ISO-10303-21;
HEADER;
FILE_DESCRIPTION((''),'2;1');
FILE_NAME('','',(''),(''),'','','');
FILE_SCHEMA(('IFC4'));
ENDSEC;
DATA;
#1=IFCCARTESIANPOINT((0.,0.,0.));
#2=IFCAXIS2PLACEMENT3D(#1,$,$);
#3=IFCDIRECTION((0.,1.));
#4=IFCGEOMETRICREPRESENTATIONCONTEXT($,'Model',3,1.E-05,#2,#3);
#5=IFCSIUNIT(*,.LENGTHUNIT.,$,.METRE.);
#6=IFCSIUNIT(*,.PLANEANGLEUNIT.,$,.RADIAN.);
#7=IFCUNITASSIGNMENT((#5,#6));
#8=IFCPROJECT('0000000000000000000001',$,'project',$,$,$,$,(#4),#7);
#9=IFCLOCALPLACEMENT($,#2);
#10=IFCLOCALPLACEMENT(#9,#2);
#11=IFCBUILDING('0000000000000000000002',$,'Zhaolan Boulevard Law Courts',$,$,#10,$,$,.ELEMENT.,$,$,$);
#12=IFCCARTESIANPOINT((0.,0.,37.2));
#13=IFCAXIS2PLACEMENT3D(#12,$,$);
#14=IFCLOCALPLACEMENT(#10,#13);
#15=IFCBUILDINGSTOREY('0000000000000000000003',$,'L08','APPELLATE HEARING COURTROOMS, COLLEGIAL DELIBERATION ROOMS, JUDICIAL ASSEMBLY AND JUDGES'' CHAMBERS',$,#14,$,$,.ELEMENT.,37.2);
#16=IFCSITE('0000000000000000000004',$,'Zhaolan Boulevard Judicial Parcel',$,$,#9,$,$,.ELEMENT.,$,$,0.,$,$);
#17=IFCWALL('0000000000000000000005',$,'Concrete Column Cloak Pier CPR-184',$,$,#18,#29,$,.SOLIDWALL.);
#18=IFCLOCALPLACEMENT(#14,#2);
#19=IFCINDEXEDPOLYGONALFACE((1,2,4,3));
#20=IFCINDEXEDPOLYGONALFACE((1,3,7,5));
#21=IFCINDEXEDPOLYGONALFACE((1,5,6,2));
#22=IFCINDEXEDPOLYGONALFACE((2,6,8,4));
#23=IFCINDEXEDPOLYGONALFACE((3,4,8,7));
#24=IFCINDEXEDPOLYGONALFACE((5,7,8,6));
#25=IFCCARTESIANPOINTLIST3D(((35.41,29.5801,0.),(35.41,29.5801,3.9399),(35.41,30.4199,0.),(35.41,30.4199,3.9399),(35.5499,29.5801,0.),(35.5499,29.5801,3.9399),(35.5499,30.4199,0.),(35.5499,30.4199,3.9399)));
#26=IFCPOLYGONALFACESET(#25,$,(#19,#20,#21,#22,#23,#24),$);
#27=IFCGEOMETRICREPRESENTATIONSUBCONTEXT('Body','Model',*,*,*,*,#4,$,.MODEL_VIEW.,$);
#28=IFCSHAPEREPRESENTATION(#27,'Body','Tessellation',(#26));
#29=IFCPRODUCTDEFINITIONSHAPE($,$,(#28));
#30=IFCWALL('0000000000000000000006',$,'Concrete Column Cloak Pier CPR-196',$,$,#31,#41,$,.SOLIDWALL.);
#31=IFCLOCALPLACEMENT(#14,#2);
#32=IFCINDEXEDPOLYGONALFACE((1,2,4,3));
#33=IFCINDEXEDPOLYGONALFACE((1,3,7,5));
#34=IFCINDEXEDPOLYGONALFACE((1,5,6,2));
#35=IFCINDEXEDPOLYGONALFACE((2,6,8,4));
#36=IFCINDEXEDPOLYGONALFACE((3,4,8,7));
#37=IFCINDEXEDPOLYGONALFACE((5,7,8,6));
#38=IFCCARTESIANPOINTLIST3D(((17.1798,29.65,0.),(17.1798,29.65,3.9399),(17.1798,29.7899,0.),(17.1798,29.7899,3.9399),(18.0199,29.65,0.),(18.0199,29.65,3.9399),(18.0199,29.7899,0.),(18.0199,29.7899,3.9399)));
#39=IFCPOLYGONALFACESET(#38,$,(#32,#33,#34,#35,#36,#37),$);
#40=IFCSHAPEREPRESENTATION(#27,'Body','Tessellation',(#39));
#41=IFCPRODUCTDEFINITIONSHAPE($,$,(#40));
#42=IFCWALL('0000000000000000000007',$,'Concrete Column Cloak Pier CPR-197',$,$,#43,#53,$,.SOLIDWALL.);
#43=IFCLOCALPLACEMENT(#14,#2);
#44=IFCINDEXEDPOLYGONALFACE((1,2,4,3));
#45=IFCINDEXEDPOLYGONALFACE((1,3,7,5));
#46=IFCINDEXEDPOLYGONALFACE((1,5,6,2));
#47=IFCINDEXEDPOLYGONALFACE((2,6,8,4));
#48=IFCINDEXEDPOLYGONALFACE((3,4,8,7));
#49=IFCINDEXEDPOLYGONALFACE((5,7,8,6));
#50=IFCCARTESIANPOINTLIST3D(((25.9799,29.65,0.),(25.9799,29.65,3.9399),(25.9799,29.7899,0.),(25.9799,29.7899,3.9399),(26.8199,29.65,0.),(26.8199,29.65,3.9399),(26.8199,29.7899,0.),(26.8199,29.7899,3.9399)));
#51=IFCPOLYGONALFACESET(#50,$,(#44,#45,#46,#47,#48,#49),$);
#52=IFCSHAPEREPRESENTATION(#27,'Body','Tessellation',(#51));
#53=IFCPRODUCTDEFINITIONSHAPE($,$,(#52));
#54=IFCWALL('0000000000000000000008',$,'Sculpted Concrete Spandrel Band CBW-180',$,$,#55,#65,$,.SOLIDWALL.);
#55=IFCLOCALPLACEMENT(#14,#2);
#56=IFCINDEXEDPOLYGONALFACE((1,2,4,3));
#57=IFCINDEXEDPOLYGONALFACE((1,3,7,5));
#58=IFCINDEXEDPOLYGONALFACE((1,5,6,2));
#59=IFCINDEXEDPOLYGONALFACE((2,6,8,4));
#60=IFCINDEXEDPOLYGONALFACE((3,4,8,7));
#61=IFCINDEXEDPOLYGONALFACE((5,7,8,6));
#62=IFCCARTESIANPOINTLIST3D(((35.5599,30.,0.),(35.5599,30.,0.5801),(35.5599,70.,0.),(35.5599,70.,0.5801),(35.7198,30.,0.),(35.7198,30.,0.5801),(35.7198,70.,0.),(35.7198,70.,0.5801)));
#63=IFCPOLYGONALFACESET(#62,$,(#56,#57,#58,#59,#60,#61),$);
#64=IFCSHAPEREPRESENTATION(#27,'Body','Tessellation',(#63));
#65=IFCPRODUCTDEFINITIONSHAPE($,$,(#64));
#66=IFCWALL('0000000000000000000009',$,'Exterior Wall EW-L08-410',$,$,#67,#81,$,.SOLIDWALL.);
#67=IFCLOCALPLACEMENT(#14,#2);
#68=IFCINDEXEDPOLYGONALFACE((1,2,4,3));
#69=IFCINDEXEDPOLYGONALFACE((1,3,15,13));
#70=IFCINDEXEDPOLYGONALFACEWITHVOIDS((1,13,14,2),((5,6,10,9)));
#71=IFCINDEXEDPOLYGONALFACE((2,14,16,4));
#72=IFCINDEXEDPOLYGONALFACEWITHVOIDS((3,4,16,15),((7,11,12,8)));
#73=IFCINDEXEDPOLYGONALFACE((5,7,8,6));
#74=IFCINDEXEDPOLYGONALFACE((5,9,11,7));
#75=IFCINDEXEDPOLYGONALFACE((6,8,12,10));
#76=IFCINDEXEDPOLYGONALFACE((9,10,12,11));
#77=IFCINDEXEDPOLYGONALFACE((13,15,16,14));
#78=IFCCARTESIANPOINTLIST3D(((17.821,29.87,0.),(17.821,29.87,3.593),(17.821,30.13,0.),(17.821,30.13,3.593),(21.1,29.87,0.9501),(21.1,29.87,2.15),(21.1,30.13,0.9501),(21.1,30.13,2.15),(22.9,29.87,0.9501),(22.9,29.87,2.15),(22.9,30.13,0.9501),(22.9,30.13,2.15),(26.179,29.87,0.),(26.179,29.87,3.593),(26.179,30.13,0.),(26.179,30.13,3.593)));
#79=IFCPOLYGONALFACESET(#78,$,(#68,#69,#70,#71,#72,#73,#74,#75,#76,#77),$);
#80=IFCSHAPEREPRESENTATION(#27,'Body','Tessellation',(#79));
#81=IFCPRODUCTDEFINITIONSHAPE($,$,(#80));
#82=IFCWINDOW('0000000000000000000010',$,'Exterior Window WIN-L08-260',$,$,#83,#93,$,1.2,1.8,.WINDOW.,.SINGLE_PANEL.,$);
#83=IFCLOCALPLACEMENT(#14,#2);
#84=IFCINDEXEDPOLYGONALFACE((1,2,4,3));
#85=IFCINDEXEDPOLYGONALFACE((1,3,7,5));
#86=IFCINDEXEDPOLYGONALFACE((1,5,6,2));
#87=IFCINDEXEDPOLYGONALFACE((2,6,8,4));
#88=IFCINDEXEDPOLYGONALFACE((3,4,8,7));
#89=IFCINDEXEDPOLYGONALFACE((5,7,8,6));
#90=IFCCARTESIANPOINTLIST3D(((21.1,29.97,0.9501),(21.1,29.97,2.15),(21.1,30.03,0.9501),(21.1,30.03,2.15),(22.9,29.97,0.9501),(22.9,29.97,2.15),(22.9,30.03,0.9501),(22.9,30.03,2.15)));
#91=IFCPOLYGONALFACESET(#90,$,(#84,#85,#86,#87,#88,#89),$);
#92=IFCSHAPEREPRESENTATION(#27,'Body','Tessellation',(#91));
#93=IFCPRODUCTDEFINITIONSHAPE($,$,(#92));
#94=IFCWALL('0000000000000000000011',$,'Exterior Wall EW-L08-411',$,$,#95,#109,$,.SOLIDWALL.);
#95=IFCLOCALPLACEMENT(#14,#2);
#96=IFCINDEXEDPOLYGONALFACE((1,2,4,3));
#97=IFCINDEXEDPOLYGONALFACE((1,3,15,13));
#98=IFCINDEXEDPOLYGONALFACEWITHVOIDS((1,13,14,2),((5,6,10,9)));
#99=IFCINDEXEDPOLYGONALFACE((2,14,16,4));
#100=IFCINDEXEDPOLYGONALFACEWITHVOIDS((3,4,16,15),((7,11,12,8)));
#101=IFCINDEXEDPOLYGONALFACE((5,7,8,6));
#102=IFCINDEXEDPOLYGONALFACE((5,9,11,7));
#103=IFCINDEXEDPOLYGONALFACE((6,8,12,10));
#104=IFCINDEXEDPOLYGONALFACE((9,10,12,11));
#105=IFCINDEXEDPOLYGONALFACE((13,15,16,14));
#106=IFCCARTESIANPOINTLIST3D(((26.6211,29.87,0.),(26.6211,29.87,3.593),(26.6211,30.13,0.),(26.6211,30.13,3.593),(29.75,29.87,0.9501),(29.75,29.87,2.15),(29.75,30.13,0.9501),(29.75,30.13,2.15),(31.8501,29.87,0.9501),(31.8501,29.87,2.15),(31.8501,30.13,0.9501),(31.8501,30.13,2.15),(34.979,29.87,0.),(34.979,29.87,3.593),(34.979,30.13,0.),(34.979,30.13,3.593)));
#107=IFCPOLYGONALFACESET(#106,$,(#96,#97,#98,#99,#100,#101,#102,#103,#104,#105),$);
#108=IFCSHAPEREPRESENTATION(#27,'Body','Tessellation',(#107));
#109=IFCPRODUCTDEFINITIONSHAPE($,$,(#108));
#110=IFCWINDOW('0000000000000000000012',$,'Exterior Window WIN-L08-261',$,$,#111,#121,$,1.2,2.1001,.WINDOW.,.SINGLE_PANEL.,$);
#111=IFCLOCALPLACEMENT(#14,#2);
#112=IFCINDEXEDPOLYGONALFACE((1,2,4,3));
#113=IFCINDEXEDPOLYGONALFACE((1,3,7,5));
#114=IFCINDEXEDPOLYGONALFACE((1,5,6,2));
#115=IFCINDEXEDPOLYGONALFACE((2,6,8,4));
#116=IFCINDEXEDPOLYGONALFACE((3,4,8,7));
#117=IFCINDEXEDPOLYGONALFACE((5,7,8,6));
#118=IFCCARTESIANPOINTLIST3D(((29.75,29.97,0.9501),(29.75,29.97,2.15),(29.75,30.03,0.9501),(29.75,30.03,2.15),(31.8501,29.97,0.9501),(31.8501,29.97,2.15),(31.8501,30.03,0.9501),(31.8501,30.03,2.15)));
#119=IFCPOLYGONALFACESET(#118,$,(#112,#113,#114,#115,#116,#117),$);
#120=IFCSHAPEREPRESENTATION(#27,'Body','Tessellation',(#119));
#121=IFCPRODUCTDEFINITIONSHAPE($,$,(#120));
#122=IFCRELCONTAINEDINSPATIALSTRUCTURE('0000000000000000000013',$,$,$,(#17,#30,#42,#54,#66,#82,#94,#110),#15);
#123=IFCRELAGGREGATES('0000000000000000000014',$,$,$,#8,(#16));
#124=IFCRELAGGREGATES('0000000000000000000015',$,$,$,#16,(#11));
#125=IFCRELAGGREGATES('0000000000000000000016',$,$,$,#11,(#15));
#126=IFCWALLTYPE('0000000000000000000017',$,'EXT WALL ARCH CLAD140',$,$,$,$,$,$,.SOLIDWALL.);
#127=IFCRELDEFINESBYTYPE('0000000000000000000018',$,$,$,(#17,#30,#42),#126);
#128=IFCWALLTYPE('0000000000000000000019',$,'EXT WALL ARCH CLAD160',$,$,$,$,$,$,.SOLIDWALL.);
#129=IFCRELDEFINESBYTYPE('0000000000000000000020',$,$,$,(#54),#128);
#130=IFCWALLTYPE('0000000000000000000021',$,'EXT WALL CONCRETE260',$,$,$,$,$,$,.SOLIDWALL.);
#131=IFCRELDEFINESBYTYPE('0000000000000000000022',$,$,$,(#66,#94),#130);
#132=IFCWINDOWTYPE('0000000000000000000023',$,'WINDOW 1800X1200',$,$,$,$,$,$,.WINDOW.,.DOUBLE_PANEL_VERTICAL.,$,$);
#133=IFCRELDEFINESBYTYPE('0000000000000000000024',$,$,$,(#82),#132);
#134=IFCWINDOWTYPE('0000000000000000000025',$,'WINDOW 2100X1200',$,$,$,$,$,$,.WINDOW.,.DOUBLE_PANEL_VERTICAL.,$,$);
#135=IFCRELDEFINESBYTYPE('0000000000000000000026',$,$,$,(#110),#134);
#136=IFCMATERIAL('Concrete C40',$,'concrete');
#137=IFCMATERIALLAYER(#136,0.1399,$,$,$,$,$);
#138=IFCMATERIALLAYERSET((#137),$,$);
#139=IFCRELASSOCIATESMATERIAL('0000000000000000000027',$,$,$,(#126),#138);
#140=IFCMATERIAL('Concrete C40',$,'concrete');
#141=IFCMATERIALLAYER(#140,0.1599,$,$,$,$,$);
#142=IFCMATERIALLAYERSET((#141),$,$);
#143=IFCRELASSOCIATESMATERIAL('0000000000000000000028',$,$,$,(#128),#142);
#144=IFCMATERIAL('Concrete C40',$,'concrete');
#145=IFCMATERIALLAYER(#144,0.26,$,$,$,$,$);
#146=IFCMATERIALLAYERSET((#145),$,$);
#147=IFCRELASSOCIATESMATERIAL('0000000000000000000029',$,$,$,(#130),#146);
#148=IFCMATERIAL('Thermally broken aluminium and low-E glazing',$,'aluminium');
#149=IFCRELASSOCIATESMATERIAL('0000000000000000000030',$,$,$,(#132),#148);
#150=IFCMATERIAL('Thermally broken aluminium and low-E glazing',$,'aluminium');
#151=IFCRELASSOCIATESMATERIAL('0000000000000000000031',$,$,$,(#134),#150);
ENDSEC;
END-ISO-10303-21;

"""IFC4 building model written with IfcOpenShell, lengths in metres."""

from ifc_helpers import new_model, si_unit, direction, frame, frame_2d, origin, place, context, subcontext, project, spatial, rectangle, extrude, material, layer, layer_set, type_object, element, fill, save


model = new_model("IFC4")

# Units and contexts
model_context = context("Model", 3, precision=1e-05, world=origin(), true_north=direction((0.0, 1.0)))
body_context = subcontext(model_context, "Body", "Model", "MODEL_VIEW")
ifc_project = project(units=[si_unit("LENGTHUNIT", "METRE"), si_unit("PLANEANGLEUNIT", "RADIAN")], contexts=[model_context])

# Site, building, storey
site_placement = place(None, origin())
site = spatial("IfcSite", under=ifc_project, at=site_placement, Name="Zhaolan Boulevard Judicial Parcel", CompositionType="ELEMENT", RefElevation=0.0)
building_placement = place(site_placement, origin())
building = spatial("IfcBuilding", under=site, at=building_placement, Name="Zhaolan Boulevard Law Courts", CompositionType="ELEMENT")
storey_placement = place(building_placement, frame((0.0, 0.0, 37.2)))
storey = spatial("IfcBuildingStorey", under=building, at=storey_placement, Name="L08", Description="APPELLATE HEARING COURTROOMS, COLLEGIAL DELIBERATION ROOMS, JUDICIAL ASSEMBLY AND JUDGES' CHAMBERS", CompositionType="ELEMENT", Elevation=37.2)

# Walls
ifc_material_1 = material(Name="Concrete C40", Category="concrete")
ifc_layer_1 = layer(ifc_material_1, 0.1399)
ifc_layer_set_1 = layer_set([ifc_layer_1])
wall_type_1 = type_object("IfcWallType", Name="EXT WALL ARCH CLAD140", PredefinedType="SOLIDWALL", material=ifc_layer_set_1)
wall_1_placement = place(storey_placement, frame((35.48, 29.5801, 0.0), z_axis=(0.0, 0.0, 1.0), x_axis=(0.0, 1.0, 0.0)))
element("IfcWall", 1, at=wall_1_placement, inside=storey, type_object=wall_type_1, Name="Concrete Column Cloak Pier CPR-184", PredefinedType="SOLIDWALL", context=body_context, shape_type="SweptSolid", body=[
    extrude(rectangle(XDim=0.8398, YDim=0.1399, at=frame_2d((0.4199, 0.0))), origin(), (0.0, 0.0, 1.0), 3.9399),
])
for number, where, z_axis, x_axis, name in (
    (2, (17.1799, 29.72, 0.0), (0.0, 0.0, 1.0), (1.0, 0.0, 0.0), "Concrete Column Cloak Pier CPR-196"),
    (3, (25.98, 29.72, 0.0), (0.0, 0.0, 1.0), (1.0, 0.0, 0.0), "Concrete Column Cloak Pier CPR-197"),
):
    element("IfcWall", number, at=place(storey_placement, frame(where, z_axis=z_axis, x_axis=x_axis)), inside=storey, type_object=wall_type_1, Name=name, PredefinedType="SOLIDWALL", context=body_context, shape_type="SweptSolid", body=[
        extrude(rectangle(XDim=0.8401, YDim=0.1399, at=frame_2d((0.4199, 0.0))), origin(), (0.0, 0.0, 1.0), 3.9399),
    ])
ifc_material_2 = material(Name="Concrete C40", Category="concrete")
ifc_layer_2 = layer(ifc_material_2, 0.1599)
ifc_layer_set_2 = layer_set([ifc_layer_2])
wall_type_2 = type_object("IfcWallType", Name="EXT WALL ARCH CLAD160", PredefinedType="SOLIDWALL", material=ifc_layer_set_2)
wall_2_placement = place(storey_placement, frame((35.6399, 30.0, 0.0), z_axis=(0.0, 0.0, 1.0), x_axis=(0.0, 1.0, 0.0)))
element("IfcWall", 4, at=wall_2_placement, inside=storey, type_object=wall_type_2, Name="Sculpted Concrete Spandrel Band CBW-180", PredefinedType="SOLIDWALL", context=body_context, shape_type="SweptSolid", body=[
    extrude(rectangle(XDim=40.0, YDim=0.1599, at=frame_2d((20.0, 0.0))), origin(), (0.0, 0.0, 1.0), 0.5801),
])

# Walls, openings, windows
ifc_material_3 = material(Name="Concrete C40", Category="concrete")
ifc_layer_3 = layer(ifc_material_3, 0.26)
ifc_layer_set_3 = layer_set([ifc_layer_3])
wall_type_3 = type_object("IfcWallType", Name="EXT WALL CONCRETE260", PredefinedType="SOLIDWALL", material=ifc_layer_set_3)
wall_3_placement = place(storey_placement, frame((17.821, 30.0, 0.0), z_axis=(0.0, 0.0, 1.0), x_axis=(1.0, 0.0, 0.0)))
wall_3 = element("IfcWall", 5, at=wall_3_placement, inside=storey, type_object=wall_type_3, Name="Exterior Wall EW-L08-410", PredefinedType="SOLIDWALL", context=body_context, shape_type="SweptSolid", body=[
    extrude(rectangle(XDim=8.3579, YDim=0.26, at=frame_2d((4.179, 0.0))), origin(), (0.0, 0.0, 1.0), 3.593),
])
opening_1_placement = place(wall_3_placement, frame((3.2791, 0.0, 0.95)))
opening_1 = element("IfcOpeningElement", 6, at=opening_1_placement, cuts=wall_3, PredefinedType="OPENING", context=body_context, shape_type="SweptSolid", body=[
    extrude(rectangle(XDim=1.8, YDim=1.2, at=frame_2d((0.8999, 0.6001))), frame((0.0, 0.1399, 0.0), z_axis=(0.0, -1.0, 0.0), x_axis=(1.0, 0.0, 0.0)), (0.0, 0.0, 1.0), 0.28),
])
ifc_material_4 = material(Name="Thermally broken aluminium and low-E glazing", Category="aluminium")
window_type_1 = type_object("IfcWindowType", Name="WINDOW 1800X1200", PartitioningType="DOUBLE_PANEL_VERTICAL", PredefinedType="WINDOW", material=ifc_material_4)
window_1_placement = place(opening_1_placement, origin())
window_1 = element("IfcWindow", 7, at=window_1_placement, inside=storey, type_object=window_type_1, Name="Exterior Window WIN-L08-260", OverallHeight=1.2, OverallWidth=1.8, PartitioningType="SINGLE_PANEL", PredefinedType="WINDOW", context=body_context, shape_type="SweptSolid", body=[
    extrude(rectangle(XDim=1.8, YDim=1.2, at=frame_2d((0.8999, 0.6001))), frame((0.0, 0.03, 0.0), z_axis=(0.0, -1.0, 0.0), x_axis=(1.0, 0.0, 0.0)), (0.0, 0.0, 1.0), 0.0601),
])
fill(opening_1, window_1)
wall_4_placement = place(storey_placement, frame((26.6211, 30.0, 0.0), z_axis=(0.0, 0.0, 1.0), x_axis=(1.0, 0.0, 0.0)))
wall_4 = element("IfcWall", 8, at=wall_4_placement, inside=storey, type_object=wall_type_3, Name="Exterior Wall EW-L08-411", PredefinedType="SOLIDWALL", context=body_context, shape_type="SweptSolid", body=[
    extrude(rectangle(XDim=8.3579, YDim=0.26, at=frame_2d((4.179, 0.0))), origin(), (0.0, 0.0, 1.0), 3.593),
])
opening_2_placement = place(wall_4_placement, frame((3.1289, 0.0, 0.95)))
opening_2 = element("IfcOpeningElement", 9, at=opening_2_placement, cuts=wall_4, PredefinedType="OPENING", context=body_context, shape_type="SweptSolid", body=[
    extrude(rectangle(XDim=2.1001, YDim=1.2, at=frame_2d((1.05, 0.6001))), frame((0.0, 0.1399, 0.0), z_axis=(0.0, -1.0, 0.0), x_axis=(1.0, 0.0, 0.0)), (0.0, 0.0, 1.0), 0.28),
])
ifc_material_5 = material(Name="Thermally broken aluminium and low-E glazing", Category="aluminium")
window_type_2 = type_object("IfcWindowType", Name="WINDOW 2100X1200", PartitioningType="DOUBLE_PANEL_VERTICAL", PredefinedType="WINDOW", material=ifc_material_5)
window_2_placement = place(opening_2_placement, origin())
window_2 = element("IfcWindow", 10, at=window_2_placement, inside=storey, type_object=window_type_2, Name="Exterior Window WIN-L08-261", OverallHeight=1.2, OverallWidth=2.1001, PartitioningType="SINGLE_PANEL", PredefinedType="WINDOW", context=body_context, shape_type="SweptSolid", body=[
    extrude(rectangle(XDim=2.1001, YDim=1.2, at=frame_2d((1.05, 0.6001))), frame((0.0, 0.03, 0.0), z_axis=(0.0, -1.0, 0.0), x_axis=(1.0, 0.0, 0.0)), (0.0, 0.0, 1.0), 0.0601),
])
fill(opening_2, window_2)

save(model, "model.ifc")
